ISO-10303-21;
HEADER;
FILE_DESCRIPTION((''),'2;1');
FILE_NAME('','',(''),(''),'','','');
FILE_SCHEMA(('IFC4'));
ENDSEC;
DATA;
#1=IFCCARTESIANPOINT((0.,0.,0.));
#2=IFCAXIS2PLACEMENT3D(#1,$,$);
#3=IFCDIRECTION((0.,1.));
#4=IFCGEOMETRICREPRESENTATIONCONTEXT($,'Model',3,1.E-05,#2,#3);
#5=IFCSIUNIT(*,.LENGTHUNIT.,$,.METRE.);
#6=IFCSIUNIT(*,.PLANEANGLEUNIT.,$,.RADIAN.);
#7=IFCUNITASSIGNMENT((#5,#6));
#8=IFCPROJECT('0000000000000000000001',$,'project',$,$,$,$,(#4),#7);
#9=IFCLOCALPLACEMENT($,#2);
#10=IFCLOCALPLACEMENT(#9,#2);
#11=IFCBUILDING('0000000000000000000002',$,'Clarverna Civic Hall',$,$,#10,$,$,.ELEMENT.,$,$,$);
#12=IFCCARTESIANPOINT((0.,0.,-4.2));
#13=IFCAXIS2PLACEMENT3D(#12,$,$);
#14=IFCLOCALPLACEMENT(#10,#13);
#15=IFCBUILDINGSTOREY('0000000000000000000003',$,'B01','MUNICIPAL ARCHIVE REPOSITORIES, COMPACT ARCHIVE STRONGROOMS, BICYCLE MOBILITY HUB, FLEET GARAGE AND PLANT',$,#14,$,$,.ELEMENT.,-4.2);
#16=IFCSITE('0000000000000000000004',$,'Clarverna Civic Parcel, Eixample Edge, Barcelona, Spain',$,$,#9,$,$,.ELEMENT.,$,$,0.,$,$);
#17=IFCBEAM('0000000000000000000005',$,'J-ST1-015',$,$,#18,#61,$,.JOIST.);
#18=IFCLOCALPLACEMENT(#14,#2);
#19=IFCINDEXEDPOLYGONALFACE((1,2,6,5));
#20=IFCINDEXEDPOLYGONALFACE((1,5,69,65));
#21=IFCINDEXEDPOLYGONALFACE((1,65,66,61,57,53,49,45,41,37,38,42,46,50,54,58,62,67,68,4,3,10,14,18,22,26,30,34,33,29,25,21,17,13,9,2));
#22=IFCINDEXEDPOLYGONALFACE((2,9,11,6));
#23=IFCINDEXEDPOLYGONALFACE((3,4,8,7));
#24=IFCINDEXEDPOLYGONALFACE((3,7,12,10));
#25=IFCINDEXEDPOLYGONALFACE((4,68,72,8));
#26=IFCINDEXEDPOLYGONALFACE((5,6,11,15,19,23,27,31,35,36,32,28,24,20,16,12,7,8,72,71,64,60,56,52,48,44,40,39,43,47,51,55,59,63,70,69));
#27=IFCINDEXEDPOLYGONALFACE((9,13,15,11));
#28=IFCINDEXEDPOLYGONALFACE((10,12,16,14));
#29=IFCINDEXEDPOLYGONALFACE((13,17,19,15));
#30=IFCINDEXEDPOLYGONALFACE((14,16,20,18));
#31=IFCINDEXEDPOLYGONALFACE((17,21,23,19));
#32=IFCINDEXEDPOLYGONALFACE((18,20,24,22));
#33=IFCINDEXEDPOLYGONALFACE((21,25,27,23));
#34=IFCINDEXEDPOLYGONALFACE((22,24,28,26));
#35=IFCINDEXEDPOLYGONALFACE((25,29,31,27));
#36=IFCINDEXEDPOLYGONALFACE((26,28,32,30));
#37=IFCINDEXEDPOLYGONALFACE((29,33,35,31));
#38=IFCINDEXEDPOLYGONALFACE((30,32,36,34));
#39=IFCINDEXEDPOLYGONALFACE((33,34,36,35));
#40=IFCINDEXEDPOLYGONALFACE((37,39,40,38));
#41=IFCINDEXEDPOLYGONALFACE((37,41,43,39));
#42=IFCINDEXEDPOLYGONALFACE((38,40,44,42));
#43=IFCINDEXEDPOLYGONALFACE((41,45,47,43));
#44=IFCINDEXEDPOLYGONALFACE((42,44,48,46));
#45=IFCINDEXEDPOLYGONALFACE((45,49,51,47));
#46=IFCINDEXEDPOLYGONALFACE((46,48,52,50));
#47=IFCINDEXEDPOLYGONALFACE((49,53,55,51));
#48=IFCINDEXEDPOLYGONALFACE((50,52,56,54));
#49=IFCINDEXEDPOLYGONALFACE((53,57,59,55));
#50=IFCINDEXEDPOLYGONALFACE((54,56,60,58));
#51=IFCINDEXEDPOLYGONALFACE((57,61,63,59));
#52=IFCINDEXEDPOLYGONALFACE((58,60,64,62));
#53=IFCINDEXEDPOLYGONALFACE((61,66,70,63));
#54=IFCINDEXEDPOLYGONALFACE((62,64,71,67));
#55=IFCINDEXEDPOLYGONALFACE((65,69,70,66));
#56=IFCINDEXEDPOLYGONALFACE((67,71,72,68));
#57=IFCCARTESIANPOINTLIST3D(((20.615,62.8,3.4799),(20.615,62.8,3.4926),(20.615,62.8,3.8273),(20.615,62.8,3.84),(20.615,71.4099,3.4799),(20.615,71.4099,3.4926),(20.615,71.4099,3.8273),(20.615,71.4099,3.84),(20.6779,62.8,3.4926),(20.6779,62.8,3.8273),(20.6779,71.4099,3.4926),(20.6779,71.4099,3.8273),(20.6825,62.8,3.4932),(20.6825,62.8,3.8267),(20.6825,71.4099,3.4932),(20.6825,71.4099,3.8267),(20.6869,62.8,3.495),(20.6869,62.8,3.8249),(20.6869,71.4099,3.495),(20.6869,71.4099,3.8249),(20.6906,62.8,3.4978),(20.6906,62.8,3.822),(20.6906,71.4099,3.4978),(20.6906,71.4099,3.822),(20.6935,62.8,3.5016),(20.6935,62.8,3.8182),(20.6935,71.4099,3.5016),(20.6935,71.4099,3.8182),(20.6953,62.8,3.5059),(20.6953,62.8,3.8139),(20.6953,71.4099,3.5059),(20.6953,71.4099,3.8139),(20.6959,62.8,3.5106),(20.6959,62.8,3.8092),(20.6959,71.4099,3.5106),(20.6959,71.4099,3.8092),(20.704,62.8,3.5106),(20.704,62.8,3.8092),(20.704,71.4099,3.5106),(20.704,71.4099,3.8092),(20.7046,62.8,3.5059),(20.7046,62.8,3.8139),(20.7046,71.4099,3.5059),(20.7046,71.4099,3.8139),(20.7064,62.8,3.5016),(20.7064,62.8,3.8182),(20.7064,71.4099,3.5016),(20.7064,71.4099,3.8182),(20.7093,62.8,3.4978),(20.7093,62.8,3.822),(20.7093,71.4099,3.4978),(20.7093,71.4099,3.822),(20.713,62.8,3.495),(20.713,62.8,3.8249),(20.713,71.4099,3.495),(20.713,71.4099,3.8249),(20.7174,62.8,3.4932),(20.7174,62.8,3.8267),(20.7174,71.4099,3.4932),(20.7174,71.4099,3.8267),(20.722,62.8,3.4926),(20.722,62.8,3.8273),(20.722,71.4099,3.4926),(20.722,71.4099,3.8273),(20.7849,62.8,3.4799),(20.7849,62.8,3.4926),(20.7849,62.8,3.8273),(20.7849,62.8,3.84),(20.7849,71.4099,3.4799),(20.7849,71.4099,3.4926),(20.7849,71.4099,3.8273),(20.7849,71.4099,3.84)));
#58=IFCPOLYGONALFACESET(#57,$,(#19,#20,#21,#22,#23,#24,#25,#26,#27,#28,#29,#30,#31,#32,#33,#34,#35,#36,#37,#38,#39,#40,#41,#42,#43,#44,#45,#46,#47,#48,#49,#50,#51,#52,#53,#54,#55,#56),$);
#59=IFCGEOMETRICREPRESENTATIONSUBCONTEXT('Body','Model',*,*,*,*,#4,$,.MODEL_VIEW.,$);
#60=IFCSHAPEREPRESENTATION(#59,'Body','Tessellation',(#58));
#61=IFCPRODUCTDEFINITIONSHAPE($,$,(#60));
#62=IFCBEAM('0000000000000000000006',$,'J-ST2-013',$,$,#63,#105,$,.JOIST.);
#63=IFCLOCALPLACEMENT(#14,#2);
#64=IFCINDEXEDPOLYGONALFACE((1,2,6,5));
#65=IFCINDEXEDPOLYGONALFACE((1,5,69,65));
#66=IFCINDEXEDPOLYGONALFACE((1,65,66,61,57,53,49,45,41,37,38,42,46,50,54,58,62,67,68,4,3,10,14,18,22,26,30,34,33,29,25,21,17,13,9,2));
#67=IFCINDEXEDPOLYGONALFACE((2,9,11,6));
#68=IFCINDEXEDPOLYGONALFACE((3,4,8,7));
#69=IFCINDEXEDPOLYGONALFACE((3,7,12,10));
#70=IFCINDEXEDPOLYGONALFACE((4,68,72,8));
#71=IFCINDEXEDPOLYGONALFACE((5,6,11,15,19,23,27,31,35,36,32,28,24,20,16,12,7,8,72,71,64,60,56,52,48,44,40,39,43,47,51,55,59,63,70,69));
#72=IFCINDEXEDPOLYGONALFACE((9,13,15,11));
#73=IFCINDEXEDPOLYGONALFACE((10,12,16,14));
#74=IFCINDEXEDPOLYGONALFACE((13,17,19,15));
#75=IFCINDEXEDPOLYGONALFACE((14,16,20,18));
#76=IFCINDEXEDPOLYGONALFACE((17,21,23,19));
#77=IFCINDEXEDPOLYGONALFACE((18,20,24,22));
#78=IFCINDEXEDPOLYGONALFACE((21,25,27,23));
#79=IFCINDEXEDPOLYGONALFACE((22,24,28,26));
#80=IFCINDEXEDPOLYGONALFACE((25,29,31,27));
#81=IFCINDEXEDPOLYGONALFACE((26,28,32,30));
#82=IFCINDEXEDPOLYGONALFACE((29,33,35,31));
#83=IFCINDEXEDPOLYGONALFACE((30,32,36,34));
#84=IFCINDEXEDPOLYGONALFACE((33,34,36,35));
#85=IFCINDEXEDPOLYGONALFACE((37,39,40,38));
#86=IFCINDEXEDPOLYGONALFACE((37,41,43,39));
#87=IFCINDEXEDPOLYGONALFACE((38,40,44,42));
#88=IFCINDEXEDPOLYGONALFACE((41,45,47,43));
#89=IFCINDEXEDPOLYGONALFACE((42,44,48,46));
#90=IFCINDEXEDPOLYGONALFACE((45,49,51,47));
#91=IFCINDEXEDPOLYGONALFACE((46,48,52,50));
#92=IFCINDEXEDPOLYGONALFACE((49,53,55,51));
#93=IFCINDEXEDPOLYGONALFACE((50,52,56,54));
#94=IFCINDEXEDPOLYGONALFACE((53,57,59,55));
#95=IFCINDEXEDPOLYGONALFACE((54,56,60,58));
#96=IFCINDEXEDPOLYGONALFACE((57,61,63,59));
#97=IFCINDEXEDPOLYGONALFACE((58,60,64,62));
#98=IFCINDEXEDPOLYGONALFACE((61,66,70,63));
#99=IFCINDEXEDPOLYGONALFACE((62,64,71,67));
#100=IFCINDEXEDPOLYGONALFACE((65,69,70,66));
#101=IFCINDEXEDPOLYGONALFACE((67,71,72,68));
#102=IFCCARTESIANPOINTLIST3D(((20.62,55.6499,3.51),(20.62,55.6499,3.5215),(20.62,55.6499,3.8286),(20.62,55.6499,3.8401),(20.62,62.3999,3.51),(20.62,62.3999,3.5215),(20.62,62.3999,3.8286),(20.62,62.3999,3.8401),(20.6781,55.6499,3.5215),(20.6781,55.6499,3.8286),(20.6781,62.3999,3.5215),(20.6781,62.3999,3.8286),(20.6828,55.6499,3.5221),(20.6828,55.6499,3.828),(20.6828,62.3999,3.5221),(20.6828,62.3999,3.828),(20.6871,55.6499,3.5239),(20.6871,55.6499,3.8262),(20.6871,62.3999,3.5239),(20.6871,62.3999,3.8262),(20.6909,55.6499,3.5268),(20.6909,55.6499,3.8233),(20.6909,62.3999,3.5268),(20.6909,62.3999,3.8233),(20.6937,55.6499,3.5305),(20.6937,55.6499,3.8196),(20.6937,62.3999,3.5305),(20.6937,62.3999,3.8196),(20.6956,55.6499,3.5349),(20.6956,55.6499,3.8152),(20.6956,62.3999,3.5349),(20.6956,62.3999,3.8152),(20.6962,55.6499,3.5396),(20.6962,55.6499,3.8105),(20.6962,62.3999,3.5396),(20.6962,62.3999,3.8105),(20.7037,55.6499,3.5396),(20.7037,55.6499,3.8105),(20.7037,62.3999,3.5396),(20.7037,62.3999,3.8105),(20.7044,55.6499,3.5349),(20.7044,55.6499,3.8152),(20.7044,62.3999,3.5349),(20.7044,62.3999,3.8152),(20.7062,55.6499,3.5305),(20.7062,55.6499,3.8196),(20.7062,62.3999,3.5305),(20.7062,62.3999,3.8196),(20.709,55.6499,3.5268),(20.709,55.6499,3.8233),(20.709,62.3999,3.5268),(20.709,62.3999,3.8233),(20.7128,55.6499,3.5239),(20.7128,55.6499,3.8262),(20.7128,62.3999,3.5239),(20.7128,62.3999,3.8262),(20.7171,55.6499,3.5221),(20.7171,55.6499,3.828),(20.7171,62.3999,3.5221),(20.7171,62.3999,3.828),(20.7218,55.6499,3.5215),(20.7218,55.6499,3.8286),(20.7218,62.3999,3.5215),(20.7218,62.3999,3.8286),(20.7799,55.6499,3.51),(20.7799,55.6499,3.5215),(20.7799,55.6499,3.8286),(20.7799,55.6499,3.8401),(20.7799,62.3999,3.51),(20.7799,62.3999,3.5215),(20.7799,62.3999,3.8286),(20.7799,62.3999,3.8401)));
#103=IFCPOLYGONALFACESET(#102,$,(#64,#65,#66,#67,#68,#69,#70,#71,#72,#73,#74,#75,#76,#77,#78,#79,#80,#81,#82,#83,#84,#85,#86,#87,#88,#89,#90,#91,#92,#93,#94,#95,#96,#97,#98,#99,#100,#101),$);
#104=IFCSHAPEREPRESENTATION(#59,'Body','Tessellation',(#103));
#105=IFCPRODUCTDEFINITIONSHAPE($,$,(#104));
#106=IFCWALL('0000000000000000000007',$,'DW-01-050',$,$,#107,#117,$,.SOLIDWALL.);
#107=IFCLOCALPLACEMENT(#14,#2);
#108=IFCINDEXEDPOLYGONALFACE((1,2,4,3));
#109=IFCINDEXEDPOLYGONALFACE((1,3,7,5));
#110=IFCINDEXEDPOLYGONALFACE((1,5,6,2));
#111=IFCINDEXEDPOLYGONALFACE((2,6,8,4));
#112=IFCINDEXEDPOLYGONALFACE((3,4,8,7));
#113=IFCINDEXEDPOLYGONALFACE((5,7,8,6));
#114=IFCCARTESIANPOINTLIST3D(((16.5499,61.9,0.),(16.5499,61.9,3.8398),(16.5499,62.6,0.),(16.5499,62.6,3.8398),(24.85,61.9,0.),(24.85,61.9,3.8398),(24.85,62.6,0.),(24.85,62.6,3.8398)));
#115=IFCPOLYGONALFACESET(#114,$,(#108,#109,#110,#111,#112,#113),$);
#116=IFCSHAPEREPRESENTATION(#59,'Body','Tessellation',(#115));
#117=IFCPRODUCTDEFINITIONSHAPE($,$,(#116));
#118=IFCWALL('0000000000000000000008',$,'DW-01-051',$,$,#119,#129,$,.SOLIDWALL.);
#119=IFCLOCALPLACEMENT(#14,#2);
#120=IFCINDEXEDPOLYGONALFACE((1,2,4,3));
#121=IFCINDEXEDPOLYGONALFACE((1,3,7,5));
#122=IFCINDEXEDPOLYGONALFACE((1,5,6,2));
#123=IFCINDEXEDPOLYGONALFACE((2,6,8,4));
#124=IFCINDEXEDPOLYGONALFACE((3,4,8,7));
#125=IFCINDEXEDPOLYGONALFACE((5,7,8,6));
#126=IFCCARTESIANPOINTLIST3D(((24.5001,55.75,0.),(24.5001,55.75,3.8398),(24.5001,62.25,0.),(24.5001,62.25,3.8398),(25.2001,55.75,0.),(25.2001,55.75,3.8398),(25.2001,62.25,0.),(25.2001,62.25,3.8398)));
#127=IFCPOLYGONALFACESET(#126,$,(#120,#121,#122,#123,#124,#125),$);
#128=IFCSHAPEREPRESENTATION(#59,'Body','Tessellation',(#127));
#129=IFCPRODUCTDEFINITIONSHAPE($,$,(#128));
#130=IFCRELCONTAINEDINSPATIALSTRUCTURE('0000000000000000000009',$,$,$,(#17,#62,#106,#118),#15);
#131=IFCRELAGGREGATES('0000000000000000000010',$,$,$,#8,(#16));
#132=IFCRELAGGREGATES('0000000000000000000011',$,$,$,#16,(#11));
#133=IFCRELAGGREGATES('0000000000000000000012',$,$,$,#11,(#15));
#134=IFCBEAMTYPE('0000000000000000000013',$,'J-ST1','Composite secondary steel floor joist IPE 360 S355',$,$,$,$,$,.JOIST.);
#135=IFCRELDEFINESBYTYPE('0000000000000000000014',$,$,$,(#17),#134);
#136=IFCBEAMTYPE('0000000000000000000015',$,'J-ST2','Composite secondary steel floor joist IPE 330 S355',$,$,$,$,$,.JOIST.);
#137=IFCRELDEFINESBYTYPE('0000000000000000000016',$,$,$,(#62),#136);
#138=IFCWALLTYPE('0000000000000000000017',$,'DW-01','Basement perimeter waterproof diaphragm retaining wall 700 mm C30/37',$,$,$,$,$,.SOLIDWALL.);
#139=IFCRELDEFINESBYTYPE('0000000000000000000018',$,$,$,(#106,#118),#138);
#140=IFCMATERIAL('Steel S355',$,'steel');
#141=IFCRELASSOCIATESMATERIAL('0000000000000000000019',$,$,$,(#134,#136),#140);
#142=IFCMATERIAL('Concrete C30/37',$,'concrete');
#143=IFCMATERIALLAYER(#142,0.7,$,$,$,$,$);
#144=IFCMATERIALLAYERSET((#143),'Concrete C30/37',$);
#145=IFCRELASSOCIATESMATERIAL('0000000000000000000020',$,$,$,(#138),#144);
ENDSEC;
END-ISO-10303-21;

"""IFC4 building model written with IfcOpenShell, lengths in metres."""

from ifc_helpers import new_model, si_unit, direction, frame, frame_2d, origin, origin_2d, place, context, subcontext, project, spatial, rectangle, i_section, extrude, material, layer, layer_set, material_profile, profile_set, type_object, element, save


model = new_model("IFC4")

# Units and contexts
model_context = context("Model", 3, precision=1e-05, world=origin(), true_north=direction((0.0, 1.0)))
body_context = subcontext(model_context, "Body", "Model", "MODEL_VIEW")
ifc_project = project(units=[si_unit("LENGTHUNIT", "METRE"), si_unit("PLANEANGLEUNIT", "RADIAN")], contexts=[model_context])

# Site, building, storey
site_placement = place(None, origin())
site = spatial("IfcSite", under=ifc_project, at=site_placement, Name="Clarverna Civic Parcel, Eixample Edge, Barcelona, Spain", CompositionType="ELEMENT", RefElevation=0.0)
building_placement = place(site_placement, origin())
building = spatial("IfcBuilding", under=site, at=building_placement, Name="Clarverna Civic Hall", CompositionType="ELEMENT")
storey_placement = place(building_placement, frame((0.0, 0.0, -4.2)))
storey = spatial("IfcBuildingStorey", under=building, at=storey_placement, Name="B01", Description="MUNICIPAL ARCHIVE REPOSITORIES, COMPACT ARCHIVE STRONGROOMS, BICYCLE MOBILITY HUB, FLEET GARAGE AND PLANT", CompositionType="ELEMENT", Elevation=-4.2)

# Shared definitions
ifc_material_1 = material(Name="Concrete C30/37", Category="concrete")

# Beams
ifc_material_2 = material(Name="Steel S355", Category="steel")
ifc_material_profile_1 = material_profile(ifc_material_2, i_section(OverallWidth=0.1699, OverallDepth=0.3601, WebThickness=0.0081, FlangeThickness=0.0127, FilletRadius=0.0181, at=origin_2d()), Name="IPE 360")
ifc_profile_set_1 = profile_set([ifc_material_profile_1], Name="Steel S355")
beam_type_1 = type_object("IfcBeamType", Name="J-ST1", Description="Composite secondary steel floor joist IPE 360 S355", PredefinedType="JOIST", material=ifc_profile_set_1)
beam_1_placement = place(storey_placement, frame((20.7, 62.8, 3.6599), z_axis=(0.0, 1.0, 0.0), x_axis=(-1.0, 0.0, 0.0)))
element("IfcBeam", 1, at=beam_1_placement, inside=storey, type_object=beam_type_1, Name="J-ST1-015", PredefinedType="JOIST", context=body_context, shape_type="SweptSolid", body=[
    extrude(i_section(OverallWidth=0.1699, OverallDepth=0.3601, WebThickness=0.0081, FlangeThickness=0.0127, FilletRadius=0.0181, at=origin_2d()), origin(), (0.0, 0.0, 1.0), 8.6099),
])
ifc_material_profile_2 = material_profile(ifc_material_2, i_section(OverallWidth=0.1599, OverallDepth=0.3301, WebThickness=0.0076, FlangeThickness=0.0115, FilletRadius=0.0181, at=origin_2d()), Name="IPE 330")
ifc_profile_set_2 = profile_set([ifc_material_profile_2], Name="Steel S355")
beam_type_2 = type_object("IfcBeamType", Name="J-ST2", Description="Composite secondary steel floor joist IPE 330 S355", PredefinedType="JOIST", material=ifc_profile_set_2)
beam_2_placement = place(storey_placement, frame((20.7, 55.6499, 3.675), z_axis=(0.0, 1.0, 0.0), x_axis=(-1.0, 0.0, 0.0)))
element("IfcBeam", 2, at=beam_2_placement, inside=storey, type_object=beam_type_2, Name="J-ST2-013", PredefinedType="JOIST", context=body_context, shape_type="SweptSolid", body=[
    extrude(i_section(OverallWidth=0.1599, OverallDepth=0.3301, WebThickness=0.0076, FlangeThickness=0.0115, FilletRadius=0.0181, at=origin_2d()), origin(), (0.0, 0.0, 1.0), 6.75),
])

# Walls
ifc_layer = layer(ifc_material_1, 0.7)
ifc_layer_set = layer_set([ifc_layer], Name="Concrete C30/37")
wall_type = type_object("IfcWallType", Name="DW-01", Description="Basement perimeter waterproof diaphragm retaining wall 700 mm C30/37", PredefinedType="SOLIDWALL", material=ifc_layer_set)
wall_1_placement = place(storey_placement, frame((16.55, 62.25, 0.0), z_axis=(0.0, 0.0, 1.0), x_axis=(1.0, 0.0, 0.0)))
element("IfcWall", 3, at=wall_1_placement, inside=storey, type_object=wall_type, Name="DW-01-050", PredefinedType="SOLIDWALL", context=body_context, shape_type="SweptSolid", body=[
    extrude(rectangle(XDim=8.3, YDim=0.7, at=frame_2d((4.1499, 0.0))), origin(), (0.0, 0.0, 1.0), 3.8398),
])
wall_2_placement = place(storey_placement, frame((24.8501, 62.25, 0.0), z_axis=(0.0, 0.0, 1.0), x_axis=(0.0, -1.0, 0.0)))
element("IfcWall", 4, at=wall_2_placement, inside=storey, type_object=wall_type, Name="DW-01-051", PredefinedType="SOLIDWALL", context=body_context, shape_type="SweptSolid", body=[
    extrude(rectangle(XDim=6.5, YDim=0.7, at=frame_2d((3.25, 0.0))), origin(), (0.0, 0.0, 1.0), 3.8398),
])

save(model, "model.ifc")
